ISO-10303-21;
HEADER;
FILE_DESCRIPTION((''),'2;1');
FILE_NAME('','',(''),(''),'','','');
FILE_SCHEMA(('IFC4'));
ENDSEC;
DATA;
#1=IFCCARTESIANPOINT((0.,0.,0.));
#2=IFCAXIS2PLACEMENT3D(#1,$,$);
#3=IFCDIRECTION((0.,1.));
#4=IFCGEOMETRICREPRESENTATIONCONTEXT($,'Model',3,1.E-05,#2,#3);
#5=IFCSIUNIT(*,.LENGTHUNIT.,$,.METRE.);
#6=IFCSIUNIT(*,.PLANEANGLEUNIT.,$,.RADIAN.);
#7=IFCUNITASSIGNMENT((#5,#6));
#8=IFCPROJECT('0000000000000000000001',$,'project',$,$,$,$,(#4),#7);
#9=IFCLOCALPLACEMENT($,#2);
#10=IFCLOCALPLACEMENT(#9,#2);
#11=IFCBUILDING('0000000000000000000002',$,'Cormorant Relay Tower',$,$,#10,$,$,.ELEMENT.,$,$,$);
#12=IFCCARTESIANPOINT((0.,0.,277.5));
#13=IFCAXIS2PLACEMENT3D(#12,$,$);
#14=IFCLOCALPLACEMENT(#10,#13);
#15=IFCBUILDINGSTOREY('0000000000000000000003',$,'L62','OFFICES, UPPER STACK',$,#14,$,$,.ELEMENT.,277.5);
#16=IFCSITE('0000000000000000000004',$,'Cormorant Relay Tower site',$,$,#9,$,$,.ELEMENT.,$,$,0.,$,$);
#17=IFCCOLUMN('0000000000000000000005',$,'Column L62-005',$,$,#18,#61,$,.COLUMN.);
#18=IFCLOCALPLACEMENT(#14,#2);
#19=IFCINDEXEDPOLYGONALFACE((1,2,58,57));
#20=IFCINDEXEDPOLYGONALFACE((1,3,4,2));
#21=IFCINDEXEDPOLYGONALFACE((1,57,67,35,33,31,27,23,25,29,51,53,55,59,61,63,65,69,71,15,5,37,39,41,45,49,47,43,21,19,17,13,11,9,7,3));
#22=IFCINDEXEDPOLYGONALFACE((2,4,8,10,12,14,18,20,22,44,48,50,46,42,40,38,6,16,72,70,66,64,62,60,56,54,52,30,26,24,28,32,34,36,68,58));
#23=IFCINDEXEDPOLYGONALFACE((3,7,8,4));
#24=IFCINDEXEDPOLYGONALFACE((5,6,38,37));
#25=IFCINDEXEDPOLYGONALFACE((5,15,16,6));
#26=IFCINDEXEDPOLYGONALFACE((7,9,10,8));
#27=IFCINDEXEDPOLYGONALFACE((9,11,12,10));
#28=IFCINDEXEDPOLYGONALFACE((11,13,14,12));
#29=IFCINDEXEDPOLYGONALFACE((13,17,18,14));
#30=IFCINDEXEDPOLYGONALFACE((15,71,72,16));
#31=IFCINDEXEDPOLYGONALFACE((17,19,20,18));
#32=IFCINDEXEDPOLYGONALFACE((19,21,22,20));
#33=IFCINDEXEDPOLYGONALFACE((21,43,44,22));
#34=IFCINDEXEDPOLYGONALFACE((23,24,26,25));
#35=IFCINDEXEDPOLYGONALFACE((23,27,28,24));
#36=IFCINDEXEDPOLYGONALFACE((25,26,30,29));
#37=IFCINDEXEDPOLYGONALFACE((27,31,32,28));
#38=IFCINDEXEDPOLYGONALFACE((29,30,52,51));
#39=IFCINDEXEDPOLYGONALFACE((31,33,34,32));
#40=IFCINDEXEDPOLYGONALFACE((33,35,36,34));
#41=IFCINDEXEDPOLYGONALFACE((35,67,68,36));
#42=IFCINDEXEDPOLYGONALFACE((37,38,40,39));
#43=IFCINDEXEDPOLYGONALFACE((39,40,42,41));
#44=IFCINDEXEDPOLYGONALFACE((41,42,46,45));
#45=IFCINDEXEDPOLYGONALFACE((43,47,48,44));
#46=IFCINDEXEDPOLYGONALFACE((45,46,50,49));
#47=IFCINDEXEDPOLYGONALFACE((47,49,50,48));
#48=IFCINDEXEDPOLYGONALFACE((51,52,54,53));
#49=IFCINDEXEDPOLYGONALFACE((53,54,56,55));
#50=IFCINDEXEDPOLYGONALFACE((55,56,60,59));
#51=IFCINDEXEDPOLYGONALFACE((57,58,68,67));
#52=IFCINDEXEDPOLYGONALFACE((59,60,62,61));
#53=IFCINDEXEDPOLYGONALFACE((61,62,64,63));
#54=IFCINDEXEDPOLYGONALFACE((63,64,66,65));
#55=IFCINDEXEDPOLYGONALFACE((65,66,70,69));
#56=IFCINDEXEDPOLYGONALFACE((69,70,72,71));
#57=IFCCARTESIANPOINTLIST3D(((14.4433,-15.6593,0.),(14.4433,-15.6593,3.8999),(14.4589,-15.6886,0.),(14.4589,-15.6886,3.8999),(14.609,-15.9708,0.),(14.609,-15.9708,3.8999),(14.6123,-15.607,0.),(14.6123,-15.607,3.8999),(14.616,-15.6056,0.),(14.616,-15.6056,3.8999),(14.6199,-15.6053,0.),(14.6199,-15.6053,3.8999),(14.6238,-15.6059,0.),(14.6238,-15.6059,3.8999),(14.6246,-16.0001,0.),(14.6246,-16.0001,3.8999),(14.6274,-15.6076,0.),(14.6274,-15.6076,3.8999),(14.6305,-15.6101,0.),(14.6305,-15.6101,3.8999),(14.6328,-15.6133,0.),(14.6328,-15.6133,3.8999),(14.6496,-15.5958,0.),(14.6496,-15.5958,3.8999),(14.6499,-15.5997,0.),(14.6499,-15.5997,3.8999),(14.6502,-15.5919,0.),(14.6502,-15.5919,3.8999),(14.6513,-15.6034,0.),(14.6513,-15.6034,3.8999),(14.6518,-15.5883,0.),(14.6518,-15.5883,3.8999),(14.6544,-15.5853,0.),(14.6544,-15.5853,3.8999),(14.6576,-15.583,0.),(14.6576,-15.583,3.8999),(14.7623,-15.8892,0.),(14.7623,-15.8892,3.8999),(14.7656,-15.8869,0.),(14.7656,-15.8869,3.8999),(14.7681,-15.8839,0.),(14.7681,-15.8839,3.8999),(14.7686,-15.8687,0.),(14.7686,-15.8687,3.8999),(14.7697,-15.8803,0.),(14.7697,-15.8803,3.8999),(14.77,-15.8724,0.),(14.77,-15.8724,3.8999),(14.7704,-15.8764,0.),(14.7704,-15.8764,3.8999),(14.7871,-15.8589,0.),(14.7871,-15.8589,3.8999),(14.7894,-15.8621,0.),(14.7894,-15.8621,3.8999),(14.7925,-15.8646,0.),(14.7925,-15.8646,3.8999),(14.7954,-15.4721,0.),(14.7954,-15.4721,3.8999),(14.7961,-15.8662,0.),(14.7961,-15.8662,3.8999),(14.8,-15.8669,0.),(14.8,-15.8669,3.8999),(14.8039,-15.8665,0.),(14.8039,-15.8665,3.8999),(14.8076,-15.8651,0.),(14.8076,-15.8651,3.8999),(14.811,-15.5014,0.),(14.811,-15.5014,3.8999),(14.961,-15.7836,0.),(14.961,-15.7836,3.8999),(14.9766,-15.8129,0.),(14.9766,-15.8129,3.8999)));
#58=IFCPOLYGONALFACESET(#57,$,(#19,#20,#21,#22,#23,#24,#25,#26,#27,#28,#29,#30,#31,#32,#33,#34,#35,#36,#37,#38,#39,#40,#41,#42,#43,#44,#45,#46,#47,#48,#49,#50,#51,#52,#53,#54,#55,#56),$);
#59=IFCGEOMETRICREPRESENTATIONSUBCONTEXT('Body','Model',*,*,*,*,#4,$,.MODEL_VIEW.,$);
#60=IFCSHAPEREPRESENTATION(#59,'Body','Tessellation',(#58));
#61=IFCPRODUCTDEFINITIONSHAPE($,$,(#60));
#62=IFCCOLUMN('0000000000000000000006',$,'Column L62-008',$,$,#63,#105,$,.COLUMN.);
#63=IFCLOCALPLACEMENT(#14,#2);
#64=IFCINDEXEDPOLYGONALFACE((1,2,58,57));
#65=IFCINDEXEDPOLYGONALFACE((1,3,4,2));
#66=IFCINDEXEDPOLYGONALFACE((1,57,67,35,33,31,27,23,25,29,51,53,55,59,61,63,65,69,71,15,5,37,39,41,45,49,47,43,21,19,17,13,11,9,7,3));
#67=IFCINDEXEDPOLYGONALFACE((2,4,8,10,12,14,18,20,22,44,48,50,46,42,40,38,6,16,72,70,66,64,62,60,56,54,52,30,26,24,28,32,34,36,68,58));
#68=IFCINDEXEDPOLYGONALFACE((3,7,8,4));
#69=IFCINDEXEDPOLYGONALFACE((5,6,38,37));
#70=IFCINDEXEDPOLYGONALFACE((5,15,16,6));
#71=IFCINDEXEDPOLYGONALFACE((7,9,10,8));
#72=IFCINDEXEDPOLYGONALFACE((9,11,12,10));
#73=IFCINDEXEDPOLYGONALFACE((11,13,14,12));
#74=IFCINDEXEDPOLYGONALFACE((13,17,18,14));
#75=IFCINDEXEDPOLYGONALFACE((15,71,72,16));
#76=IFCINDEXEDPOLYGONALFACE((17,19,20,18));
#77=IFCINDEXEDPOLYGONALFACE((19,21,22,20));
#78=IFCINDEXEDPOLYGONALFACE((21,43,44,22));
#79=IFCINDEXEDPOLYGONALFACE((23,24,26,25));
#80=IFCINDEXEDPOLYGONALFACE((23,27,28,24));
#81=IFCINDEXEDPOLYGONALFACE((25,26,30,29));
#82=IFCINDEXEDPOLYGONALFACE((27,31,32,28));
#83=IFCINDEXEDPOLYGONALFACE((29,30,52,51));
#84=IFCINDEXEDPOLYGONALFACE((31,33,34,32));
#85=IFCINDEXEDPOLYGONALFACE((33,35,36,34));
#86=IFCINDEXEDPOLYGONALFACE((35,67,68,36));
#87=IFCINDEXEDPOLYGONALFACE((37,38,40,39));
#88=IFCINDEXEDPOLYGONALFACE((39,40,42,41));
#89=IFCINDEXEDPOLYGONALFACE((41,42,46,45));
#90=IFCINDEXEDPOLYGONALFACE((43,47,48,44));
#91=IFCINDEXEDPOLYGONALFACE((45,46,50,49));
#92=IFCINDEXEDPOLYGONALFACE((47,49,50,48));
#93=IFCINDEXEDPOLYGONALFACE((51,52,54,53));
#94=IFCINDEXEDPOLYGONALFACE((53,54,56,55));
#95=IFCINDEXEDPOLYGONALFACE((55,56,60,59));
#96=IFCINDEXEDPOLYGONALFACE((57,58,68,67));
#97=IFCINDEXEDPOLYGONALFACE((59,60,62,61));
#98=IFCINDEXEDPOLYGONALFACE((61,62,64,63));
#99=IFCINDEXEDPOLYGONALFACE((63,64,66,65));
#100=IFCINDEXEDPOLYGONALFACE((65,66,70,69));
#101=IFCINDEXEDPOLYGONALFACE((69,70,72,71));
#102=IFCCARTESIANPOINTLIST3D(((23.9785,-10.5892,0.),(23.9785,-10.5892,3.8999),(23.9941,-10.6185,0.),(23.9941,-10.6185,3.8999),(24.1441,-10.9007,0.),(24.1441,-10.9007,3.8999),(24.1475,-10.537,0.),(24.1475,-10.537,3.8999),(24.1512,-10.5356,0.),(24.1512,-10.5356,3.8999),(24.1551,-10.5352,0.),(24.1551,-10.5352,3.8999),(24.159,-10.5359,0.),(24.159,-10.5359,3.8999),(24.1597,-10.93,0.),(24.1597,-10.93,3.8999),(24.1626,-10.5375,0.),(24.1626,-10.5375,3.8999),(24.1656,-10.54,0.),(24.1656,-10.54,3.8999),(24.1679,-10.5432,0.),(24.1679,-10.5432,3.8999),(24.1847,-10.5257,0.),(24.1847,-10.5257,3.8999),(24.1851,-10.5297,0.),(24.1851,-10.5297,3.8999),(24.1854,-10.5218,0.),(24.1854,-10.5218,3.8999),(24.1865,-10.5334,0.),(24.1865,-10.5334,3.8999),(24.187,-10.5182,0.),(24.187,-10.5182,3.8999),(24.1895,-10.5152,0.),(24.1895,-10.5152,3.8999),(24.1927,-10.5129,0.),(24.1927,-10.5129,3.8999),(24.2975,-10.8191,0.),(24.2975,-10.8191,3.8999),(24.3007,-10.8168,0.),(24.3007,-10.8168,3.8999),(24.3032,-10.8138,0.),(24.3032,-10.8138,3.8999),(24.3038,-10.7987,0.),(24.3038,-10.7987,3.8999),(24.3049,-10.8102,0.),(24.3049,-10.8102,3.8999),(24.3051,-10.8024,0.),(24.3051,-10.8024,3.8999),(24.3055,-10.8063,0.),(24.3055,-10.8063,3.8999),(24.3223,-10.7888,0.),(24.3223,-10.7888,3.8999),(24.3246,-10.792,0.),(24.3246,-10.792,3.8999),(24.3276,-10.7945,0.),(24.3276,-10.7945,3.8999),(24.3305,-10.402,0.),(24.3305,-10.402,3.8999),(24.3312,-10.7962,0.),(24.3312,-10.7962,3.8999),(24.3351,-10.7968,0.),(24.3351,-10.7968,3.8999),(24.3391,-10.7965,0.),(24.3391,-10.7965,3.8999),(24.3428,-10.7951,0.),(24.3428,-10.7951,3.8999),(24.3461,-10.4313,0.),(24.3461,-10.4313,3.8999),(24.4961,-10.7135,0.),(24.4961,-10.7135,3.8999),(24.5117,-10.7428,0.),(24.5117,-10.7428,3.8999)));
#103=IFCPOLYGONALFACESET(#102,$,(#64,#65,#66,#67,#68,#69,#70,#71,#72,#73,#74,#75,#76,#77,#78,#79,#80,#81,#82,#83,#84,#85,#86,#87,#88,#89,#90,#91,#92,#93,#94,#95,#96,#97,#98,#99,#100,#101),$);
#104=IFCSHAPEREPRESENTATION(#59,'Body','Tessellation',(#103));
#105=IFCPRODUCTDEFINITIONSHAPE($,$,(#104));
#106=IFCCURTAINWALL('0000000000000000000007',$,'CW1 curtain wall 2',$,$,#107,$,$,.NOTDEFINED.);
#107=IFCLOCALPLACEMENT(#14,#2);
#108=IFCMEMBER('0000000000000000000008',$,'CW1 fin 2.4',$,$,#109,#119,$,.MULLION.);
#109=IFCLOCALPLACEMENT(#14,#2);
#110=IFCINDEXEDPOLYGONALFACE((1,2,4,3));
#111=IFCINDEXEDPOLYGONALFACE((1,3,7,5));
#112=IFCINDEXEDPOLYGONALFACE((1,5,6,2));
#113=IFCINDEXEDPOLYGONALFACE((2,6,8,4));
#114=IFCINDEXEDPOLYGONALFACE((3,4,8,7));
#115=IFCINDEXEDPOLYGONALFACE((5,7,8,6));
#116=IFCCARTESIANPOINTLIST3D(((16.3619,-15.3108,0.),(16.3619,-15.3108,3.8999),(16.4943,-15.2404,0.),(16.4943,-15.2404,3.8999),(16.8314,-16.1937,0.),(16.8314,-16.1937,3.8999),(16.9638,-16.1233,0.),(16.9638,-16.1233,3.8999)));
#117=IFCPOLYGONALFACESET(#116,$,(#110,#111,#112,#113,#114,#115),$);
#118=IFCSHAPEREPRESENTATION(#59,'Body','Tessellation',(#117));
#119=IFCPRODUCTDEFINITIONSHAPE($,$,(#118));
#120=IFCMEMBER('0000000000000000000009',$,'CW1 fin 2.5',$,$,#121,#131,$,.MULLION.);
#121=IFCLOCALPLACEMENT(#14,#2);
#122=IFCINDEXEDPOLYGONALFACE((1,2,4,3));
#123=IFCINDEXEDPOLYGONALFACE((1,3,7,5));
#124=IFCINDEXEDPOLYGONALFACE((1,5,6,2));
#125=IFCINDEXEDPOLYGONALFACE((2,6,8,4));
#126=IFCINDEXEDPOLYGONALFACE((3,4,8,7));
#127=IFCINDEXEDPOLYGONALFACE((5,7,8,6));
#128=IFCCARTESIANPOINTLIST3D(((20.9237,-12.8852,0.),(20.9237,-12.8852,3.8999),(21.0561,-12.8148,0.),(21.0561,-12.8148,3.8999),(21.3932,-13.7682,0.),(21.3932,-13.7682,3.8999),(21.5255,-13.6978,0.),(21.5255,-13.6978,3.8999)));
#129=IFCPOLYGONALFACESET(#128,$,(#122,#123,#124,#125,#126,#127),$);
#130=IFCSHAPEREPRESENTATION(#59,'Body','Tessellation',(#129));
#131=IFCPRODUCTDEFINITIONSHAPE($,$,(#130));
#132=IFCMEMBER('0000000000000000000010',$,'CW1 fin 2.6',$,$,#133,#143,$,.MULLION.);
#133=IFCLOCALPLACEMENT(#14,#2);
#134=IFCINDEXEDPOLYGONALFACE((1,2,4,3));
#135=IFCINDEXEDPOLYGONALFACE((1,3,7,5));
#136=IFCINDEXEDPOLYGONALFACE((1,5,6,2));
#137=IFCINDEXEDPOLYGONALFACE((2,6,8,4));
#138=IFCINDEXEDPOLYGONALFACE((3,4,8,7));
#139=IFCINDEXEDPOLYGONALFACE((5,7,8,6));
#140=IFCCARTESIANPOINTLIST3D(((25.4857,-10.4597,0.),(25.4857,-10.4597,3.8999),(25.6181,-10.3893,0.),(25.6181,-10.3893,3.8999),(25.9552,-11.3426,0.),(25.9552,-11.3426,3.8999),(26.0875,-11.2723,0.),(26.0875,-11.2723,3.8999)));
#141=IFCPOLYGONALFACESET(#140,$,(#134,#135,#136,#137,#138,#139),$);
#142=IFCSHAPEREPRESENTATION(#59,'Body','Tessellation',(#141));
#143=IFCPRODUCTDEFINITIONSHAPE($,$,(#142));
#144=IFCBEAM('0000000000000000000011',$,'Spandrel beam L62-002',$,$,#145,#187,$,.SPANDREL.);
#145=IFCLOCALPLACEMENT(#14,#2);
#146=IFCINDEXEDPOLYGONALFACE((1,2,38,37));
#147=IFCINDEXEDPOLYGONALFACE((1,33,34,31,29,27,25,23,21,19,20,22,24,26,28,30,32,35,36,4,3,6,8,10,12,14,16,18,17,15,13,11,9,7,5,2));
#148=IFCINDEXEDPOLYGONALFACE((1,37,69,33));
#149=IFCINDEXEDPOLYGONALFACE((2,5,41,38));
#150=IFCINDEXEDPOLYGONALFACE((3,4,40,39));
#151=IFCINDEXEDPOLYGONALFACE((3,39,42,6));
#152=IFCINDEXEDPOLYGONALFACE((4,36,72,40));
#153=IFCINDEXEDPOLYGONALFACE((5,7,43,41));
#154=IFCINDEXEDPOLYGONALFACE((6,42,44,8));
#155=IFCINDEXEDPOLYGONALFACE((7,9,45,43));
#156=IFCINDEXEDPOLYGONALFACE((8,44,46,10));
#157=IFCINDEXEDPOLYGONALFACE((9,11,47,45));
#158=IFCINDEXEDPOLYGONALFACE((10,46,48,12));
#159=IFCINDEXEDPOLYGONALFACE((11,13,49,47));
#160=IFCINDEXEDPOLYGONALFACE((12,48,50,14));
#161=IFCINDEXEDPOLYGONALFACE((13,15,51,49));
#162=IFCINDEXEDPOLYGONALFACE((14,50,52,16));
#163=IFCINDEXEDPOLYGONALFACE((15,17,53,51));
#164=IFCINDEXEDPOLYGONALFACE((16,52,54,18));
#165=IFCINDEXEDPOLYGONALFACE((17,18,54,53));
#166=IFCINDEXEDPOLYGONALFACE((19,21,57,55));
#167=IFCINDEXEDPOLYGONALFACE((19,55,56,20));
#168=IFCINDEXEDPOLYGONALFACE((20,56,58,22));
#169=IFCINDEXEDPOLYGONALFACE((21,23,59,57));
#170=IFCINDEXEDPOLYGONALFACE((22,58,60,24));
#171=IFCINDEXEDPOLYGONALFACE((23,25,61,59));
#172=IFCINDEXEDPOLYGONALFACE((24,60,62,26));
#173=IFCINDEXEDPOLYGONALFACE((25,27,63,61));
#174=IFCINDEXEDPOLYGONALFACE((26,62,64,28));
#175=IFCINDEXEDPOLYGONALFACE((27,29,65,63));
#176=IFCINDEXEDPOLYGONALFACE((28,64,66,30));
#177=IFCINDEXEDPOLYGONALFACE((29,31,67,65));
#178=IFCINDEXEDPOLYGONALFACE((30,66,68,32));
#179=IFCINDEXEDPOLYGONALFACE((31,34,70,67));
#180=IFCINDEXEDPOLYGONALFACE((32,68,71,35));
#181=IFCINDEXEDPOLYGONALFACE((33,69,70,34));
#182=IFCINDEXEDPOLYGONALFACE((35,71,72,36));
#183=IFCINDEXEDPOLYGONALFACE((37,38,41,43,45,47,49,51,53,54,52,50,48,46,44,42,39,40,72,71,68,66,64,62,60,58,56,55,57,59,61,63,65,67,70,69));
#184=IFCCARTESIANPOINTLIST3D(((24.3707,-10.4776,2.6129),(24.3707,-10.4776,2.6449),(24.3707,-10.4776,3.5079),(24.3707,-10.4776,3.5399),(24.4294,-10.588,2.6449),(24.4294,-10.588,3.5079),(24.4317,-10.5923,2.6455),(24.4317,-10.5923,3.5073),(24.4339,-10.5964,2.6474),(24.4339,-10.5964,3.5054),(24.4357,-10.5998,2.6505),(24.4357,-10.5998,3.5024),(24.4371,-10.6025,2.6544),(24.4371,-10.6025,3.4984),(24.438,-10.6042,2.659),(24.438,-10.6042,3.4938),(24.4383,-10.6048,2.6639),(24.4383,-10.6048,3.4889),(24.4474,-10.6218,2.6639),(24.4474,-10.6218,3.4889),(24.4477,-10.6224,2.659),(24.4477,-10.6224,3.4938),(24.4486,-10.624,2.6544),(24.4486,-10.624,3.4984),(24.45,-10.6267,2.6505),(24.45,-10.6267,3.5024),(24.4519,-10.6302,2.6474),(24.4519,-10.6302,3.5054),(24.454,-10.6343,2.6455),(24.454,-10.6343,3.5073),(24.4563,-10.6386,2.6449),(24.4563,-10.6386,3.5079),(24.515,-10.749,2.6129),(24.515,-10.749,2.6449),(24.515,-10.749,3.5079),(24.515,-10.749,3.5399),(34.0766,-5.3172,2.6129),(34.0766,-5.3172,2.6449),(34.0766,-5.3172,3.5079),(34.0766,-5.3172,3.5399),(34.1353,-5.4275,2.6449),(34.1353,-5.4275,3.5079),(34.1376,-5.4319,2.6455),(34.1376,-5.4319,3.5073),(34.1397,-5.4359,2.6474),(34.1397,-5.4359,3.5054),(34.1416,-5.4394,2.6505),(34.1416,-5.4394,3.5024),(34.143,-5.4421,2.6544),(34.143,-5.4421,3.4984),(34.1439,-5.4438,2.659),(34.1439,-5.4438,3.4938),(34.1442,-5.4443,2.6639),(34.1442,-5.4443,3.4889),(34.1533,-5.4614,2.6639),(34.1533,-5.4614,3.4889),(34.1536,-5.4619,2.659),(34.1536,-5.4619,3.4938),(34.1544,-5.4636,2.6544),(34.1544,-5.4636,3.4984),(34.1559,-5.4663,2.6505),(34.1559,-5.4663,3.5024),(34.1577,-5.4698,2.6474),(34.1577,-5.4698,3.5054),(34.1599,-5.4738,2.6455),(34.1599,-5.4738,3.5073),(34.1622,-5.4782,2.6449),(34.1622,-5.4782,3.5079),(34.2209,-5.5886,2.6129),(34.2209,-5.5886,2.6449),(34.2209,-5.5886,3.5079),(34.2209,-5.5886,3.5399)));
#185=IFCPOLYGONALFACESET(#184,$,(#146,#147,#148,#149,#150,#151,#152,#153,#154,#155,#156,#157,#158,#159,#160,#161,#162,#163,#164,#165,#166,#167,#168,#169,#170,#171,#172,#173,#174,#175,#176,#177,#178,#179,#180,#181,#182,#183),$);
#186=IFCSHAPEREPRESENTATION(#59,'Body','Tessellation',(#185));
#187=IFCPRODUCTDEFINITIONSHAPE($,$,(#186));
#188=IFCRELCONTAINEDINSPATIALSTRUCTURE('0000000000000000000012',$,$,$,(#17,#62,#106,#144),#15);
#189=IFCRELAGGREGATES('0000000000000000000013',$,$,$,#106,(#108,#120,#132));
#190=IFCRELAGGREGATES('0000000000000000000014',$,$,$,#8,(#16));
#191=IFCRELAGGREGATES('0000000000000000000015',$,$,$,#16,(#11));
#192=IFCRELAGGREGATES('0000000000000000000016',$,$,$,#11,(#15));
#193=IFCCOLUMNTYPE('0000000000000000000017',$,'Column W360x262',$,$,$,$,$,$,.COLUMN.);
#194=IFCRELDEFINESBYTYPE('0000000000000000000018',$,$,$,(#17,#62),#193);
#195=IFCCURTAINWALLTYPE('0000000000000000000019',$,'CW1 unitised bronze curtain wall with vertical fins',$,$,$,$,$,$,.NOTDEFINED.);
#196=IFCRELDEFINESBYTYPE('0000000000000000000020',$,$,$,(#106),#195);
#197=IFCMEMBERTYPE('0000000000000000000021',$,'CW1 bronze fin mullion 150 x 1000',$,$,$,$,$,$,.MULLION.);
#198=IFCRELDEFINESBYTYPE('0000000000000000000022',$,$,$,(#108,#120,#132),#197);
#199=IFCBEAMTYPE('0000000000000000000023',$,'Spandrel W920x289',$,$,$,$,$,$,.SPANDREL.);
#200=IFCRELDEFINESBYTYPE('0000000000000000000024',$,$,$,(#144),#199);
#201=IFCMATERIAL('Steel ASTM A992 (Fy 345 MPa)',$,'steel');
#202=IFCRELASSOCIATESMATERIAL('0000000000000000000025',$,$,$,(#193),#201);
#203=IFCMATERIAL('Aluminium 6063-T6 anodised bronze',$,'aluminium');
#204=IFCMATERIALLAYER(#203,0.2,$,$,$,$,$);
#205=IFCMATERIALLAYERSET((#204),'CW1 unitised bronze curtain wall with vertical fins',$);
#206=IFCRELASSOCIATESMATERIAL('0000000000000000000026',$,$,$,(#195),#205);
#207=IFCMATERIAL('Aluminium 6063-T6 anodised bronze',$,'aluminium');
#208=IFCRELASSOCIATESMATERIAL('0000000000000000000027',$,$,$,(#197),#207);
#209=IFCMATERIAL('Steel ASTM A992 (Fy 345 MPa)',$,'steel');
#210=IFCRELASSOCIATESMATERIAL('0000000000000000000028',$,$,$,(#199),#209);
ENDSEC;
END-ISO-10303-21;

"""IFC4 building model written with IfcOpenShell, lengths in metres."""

from ifc_helpers import new_model, si_unit, direction, frame, origin, origin_2d, place, context, subcontext, project, spatial, rectangle, i_section, extrude, material, layer, layer_set, material_profile, profile_set, type_object, element, aggregate, save


model = new_model("IFC4")

# Units and contexts
model_context = context("Model", 3, precision=1e-05, world=origin(), true_north=direction((0.0, 1.0)))
body_context = subcontext(model_context, "Body", "Model", "MODEL_VIEW")
ifc_project = project(units=[si_unit("LENGTHUNIT", "METRE"), si_unit("PLANEANGLEUNIT", "RADIAN")], contexts=[model_context])

# Site, building, storey
site_placement = place(None, origin())
site = spatial("IfcSite", under=ifc_project, at=site_placement, Name="Cormorant Relay Tower site", CompositionType="ELEMENT", RefElevation=0.0)
building_placement = place(site_placement, origin())
building = spatial("IfcBuilding", under=site, at=building_placement, Name="Cormorant Relay Tower", CompositionType="ELEMENT")
storey_placement = place(building_placement, frame((0.0, 0.0, 277.5)))
storey = spatial("IfcBuildingStorey", under=building, at=storey_placement, Name="L62", Description="OFFICES, UPPER STACK", CompositionType="ELEMENT", Elevation=277.5)

# Columns
ifc_material_1 = material(Name="Steel ASTM A992 (Fy 345 MPa)", Category="steel")
ifc_material_profile_1 = material_profile(ifc_material_1, i_section(OverallWidth=0.3987, OverallDepth=0.386, WebThickness=0.021, FlangeThickness=0.0332, FilletRadius=0.0151, at=origin_2d()), Name="W360x262")
ifc_profile_set_1 = profile_set([ifc_material_profile_1], Name="Steel ASTM A992 (Fy 345 MPa)")
column_type = type_object("IfcColumnType", Name="Column W360x262", PredefinedType="COLUMN", material=ifc_profile_set_1)
for number, where, z_axis, x_axis, name in (
    (1, (14.71, -15.7361, 0.0), (0.0, 0.0, 1.0), (0.882948, 0.469472, 0.0), "Column L62-005"),
    (2, (24.2451, -10.666, 0.0), (0.0, 0.0, 1.0), (0.882948, 0.469472, 0.0), "Column L62-008"),
):
    element("IfcColumn", number, at=place(storey_placement, frame(where, z_axis=z_axis, x_axis=x_axis)), inside=storey, type_object=column_type, Name=name, PredefinedType="COLUMN", context=body_context, shape_type="SweptSolid", body=[
        extrude(i_section(OverallWidth=0.3987, OverallDepth=0.386, WebThickness=0.021, FlangeThickness=0.0332, FilletRadius=0.0151, at=origin_2d()), origin(), (0.0, 0.0, 1.0), 3.8999),
    ])

# Curtain wall, members
ifc_material_2 = material(Name="Aluminium 6063-T6 anodised bronze", Category="aluminium")
ifc_layer_1 = layer(ifc_material_2, 0.2)
ifc_layer_set_1 = layer_set([ifc_layer_1], Name="CW1 unitised bronze curtain wall with vertical fins")
curtain_wall_type = type_object("IfcCurtainWallType", Name="CW1 unitised bronze curtain wall with vertical fins", PredefinedType="NOTDEFINED", material=ifc_layer_set_1)
curtain_wall_placement = place(storey_placement, origin())
curtain_wall = element("IfcCurtainWall", 3, at=curtain_wall_placement, inside=storey, type_object=curtain_wall_type, Name="CW1 curtain wall 2", PredefinedType="NOTDEFINED")
ifc_material_3 = material(Name="Aluminium 6063-T6 anodised bronze", Category="aluminium")
ifc_material_profile_2 = material_profile(ifc_material_3, rectangle(XDim=0.1499, YDim=1.0, at=origin_2d()), Name="AL 150x1000")
ifc_profile_set_2 = profile_set([ifc_material_profile_2], Name="Aluminium 6063-T6 anodised bronze")
member_type = type_object("IfcMemberType", Name="CW1 bronze fin mullion 150 x 1000", PredefinedType="MULLION", material=ifc_profile_set_2)
member_1_placement = place(storey_placement, frame((16.6628, -15.717, 0.0), z_axis=(0.0, 0.0, 1.0), x_axis=(0.882948, 0.469472, 0.0)))
member_1 = element("IfcMember", 4, at=member_1_placement, type_object=member_type, Name="CW1 fin 2.4", PredefinedType="MULLION", context=body_context, shape_type="SweptSolid", body=[
    extrude(rectangle(XDim=0.1499, YDim=1.0, at=origin_2d()), origin(), (0.0, 0.0, 1.0), 3.8999),
])
member_2_placement = place(storey_placement, frame((21.2246, -13.2915, 0.0), z_axis=(0.0, 0.0, 1.0), x_axis=(0.882948, 0.469472, 0.0)))
member_2 = element("IfcMember", 5, at=member_2_placement, type_object=member_type, Name="CW1 fin 2.5", PredefinedType="MULLION", context=body_context, shape_type="SweptSolid", body=[
    extrude(rectangle(XDim=0.1499, YDim=1.0, at=origin_2d()), origin(), (0.0, 0.0, 1.0), 3.8999),
])
member_3_placement = place(storey_placement, frame((25.7866, -10.866, 0.0), z_axis=(0.0, 0.0, 1.0), x_axis=(0.882948, 0.469472, 0.0)))
member_3 = element("IfcMember", 6, at=member_3_placement, type_object=member_type, Name="CW1 fin 2.6", PredefinedType="MULLION", context=body_context, shape_type="SweptSolid", body=[
    extrude(rectangle(XDim=0.1499, YDim=1.0, at=origin_2d()), origin(), (0.0, 0.0, 1.0), 3.8999),
])

# Beam
ifc_material_4 = material(Name="Steel ASTM A992 (Fy 345 MPa)", Category="steel")
ifc_material_profile_3 = material_profile(ifc_material_4, i_section(OverallWidth=0.3074, OverallDepth=0.927, WebThickness=0.0193, FlangeThickness=0.032, FilletRadius=0.019, at=origin_2d()), Name="W920x289")
ifc_profile_set_3 = profile_set([ifc_material_profile_3], Name="Steel ASTM A992 (Fy 345 MPa)")
beam_type_1 = type_object("IfcBeamType", Name="Spandrel W920x289", PredefinedType="SPANDREL", material=ifc_profile_set_3)
beam_1_placement = place(storey_placement, frame((24.4429, -10.6133, 3.0764), z_axis=(0.882958, 0.469452, 0.0), x_axis=(-0.469452, 0.882958, 0.0)))
element("IfcBeam", 7, at=beam_1_placement, inside=storey, type_object=beam_type_1, Name="Spandrel beam L62-002", PredefinedType="SPANDREL", context=body_context, shape_type="SweptSolid", body=[
    extrude(i_section(OverallWidth=0.3074, OverallDepth=0.927, WebThickness=0.0193, FlangeThickness=0.032, FilletRadius=0.019, at=origin_2d()), origin(), (0.0, 0.0, 1.0), 10.9924),
])

aggregate(curtain_wall, [member_1, member_2, member_3])

save(model, "model.ifc")
